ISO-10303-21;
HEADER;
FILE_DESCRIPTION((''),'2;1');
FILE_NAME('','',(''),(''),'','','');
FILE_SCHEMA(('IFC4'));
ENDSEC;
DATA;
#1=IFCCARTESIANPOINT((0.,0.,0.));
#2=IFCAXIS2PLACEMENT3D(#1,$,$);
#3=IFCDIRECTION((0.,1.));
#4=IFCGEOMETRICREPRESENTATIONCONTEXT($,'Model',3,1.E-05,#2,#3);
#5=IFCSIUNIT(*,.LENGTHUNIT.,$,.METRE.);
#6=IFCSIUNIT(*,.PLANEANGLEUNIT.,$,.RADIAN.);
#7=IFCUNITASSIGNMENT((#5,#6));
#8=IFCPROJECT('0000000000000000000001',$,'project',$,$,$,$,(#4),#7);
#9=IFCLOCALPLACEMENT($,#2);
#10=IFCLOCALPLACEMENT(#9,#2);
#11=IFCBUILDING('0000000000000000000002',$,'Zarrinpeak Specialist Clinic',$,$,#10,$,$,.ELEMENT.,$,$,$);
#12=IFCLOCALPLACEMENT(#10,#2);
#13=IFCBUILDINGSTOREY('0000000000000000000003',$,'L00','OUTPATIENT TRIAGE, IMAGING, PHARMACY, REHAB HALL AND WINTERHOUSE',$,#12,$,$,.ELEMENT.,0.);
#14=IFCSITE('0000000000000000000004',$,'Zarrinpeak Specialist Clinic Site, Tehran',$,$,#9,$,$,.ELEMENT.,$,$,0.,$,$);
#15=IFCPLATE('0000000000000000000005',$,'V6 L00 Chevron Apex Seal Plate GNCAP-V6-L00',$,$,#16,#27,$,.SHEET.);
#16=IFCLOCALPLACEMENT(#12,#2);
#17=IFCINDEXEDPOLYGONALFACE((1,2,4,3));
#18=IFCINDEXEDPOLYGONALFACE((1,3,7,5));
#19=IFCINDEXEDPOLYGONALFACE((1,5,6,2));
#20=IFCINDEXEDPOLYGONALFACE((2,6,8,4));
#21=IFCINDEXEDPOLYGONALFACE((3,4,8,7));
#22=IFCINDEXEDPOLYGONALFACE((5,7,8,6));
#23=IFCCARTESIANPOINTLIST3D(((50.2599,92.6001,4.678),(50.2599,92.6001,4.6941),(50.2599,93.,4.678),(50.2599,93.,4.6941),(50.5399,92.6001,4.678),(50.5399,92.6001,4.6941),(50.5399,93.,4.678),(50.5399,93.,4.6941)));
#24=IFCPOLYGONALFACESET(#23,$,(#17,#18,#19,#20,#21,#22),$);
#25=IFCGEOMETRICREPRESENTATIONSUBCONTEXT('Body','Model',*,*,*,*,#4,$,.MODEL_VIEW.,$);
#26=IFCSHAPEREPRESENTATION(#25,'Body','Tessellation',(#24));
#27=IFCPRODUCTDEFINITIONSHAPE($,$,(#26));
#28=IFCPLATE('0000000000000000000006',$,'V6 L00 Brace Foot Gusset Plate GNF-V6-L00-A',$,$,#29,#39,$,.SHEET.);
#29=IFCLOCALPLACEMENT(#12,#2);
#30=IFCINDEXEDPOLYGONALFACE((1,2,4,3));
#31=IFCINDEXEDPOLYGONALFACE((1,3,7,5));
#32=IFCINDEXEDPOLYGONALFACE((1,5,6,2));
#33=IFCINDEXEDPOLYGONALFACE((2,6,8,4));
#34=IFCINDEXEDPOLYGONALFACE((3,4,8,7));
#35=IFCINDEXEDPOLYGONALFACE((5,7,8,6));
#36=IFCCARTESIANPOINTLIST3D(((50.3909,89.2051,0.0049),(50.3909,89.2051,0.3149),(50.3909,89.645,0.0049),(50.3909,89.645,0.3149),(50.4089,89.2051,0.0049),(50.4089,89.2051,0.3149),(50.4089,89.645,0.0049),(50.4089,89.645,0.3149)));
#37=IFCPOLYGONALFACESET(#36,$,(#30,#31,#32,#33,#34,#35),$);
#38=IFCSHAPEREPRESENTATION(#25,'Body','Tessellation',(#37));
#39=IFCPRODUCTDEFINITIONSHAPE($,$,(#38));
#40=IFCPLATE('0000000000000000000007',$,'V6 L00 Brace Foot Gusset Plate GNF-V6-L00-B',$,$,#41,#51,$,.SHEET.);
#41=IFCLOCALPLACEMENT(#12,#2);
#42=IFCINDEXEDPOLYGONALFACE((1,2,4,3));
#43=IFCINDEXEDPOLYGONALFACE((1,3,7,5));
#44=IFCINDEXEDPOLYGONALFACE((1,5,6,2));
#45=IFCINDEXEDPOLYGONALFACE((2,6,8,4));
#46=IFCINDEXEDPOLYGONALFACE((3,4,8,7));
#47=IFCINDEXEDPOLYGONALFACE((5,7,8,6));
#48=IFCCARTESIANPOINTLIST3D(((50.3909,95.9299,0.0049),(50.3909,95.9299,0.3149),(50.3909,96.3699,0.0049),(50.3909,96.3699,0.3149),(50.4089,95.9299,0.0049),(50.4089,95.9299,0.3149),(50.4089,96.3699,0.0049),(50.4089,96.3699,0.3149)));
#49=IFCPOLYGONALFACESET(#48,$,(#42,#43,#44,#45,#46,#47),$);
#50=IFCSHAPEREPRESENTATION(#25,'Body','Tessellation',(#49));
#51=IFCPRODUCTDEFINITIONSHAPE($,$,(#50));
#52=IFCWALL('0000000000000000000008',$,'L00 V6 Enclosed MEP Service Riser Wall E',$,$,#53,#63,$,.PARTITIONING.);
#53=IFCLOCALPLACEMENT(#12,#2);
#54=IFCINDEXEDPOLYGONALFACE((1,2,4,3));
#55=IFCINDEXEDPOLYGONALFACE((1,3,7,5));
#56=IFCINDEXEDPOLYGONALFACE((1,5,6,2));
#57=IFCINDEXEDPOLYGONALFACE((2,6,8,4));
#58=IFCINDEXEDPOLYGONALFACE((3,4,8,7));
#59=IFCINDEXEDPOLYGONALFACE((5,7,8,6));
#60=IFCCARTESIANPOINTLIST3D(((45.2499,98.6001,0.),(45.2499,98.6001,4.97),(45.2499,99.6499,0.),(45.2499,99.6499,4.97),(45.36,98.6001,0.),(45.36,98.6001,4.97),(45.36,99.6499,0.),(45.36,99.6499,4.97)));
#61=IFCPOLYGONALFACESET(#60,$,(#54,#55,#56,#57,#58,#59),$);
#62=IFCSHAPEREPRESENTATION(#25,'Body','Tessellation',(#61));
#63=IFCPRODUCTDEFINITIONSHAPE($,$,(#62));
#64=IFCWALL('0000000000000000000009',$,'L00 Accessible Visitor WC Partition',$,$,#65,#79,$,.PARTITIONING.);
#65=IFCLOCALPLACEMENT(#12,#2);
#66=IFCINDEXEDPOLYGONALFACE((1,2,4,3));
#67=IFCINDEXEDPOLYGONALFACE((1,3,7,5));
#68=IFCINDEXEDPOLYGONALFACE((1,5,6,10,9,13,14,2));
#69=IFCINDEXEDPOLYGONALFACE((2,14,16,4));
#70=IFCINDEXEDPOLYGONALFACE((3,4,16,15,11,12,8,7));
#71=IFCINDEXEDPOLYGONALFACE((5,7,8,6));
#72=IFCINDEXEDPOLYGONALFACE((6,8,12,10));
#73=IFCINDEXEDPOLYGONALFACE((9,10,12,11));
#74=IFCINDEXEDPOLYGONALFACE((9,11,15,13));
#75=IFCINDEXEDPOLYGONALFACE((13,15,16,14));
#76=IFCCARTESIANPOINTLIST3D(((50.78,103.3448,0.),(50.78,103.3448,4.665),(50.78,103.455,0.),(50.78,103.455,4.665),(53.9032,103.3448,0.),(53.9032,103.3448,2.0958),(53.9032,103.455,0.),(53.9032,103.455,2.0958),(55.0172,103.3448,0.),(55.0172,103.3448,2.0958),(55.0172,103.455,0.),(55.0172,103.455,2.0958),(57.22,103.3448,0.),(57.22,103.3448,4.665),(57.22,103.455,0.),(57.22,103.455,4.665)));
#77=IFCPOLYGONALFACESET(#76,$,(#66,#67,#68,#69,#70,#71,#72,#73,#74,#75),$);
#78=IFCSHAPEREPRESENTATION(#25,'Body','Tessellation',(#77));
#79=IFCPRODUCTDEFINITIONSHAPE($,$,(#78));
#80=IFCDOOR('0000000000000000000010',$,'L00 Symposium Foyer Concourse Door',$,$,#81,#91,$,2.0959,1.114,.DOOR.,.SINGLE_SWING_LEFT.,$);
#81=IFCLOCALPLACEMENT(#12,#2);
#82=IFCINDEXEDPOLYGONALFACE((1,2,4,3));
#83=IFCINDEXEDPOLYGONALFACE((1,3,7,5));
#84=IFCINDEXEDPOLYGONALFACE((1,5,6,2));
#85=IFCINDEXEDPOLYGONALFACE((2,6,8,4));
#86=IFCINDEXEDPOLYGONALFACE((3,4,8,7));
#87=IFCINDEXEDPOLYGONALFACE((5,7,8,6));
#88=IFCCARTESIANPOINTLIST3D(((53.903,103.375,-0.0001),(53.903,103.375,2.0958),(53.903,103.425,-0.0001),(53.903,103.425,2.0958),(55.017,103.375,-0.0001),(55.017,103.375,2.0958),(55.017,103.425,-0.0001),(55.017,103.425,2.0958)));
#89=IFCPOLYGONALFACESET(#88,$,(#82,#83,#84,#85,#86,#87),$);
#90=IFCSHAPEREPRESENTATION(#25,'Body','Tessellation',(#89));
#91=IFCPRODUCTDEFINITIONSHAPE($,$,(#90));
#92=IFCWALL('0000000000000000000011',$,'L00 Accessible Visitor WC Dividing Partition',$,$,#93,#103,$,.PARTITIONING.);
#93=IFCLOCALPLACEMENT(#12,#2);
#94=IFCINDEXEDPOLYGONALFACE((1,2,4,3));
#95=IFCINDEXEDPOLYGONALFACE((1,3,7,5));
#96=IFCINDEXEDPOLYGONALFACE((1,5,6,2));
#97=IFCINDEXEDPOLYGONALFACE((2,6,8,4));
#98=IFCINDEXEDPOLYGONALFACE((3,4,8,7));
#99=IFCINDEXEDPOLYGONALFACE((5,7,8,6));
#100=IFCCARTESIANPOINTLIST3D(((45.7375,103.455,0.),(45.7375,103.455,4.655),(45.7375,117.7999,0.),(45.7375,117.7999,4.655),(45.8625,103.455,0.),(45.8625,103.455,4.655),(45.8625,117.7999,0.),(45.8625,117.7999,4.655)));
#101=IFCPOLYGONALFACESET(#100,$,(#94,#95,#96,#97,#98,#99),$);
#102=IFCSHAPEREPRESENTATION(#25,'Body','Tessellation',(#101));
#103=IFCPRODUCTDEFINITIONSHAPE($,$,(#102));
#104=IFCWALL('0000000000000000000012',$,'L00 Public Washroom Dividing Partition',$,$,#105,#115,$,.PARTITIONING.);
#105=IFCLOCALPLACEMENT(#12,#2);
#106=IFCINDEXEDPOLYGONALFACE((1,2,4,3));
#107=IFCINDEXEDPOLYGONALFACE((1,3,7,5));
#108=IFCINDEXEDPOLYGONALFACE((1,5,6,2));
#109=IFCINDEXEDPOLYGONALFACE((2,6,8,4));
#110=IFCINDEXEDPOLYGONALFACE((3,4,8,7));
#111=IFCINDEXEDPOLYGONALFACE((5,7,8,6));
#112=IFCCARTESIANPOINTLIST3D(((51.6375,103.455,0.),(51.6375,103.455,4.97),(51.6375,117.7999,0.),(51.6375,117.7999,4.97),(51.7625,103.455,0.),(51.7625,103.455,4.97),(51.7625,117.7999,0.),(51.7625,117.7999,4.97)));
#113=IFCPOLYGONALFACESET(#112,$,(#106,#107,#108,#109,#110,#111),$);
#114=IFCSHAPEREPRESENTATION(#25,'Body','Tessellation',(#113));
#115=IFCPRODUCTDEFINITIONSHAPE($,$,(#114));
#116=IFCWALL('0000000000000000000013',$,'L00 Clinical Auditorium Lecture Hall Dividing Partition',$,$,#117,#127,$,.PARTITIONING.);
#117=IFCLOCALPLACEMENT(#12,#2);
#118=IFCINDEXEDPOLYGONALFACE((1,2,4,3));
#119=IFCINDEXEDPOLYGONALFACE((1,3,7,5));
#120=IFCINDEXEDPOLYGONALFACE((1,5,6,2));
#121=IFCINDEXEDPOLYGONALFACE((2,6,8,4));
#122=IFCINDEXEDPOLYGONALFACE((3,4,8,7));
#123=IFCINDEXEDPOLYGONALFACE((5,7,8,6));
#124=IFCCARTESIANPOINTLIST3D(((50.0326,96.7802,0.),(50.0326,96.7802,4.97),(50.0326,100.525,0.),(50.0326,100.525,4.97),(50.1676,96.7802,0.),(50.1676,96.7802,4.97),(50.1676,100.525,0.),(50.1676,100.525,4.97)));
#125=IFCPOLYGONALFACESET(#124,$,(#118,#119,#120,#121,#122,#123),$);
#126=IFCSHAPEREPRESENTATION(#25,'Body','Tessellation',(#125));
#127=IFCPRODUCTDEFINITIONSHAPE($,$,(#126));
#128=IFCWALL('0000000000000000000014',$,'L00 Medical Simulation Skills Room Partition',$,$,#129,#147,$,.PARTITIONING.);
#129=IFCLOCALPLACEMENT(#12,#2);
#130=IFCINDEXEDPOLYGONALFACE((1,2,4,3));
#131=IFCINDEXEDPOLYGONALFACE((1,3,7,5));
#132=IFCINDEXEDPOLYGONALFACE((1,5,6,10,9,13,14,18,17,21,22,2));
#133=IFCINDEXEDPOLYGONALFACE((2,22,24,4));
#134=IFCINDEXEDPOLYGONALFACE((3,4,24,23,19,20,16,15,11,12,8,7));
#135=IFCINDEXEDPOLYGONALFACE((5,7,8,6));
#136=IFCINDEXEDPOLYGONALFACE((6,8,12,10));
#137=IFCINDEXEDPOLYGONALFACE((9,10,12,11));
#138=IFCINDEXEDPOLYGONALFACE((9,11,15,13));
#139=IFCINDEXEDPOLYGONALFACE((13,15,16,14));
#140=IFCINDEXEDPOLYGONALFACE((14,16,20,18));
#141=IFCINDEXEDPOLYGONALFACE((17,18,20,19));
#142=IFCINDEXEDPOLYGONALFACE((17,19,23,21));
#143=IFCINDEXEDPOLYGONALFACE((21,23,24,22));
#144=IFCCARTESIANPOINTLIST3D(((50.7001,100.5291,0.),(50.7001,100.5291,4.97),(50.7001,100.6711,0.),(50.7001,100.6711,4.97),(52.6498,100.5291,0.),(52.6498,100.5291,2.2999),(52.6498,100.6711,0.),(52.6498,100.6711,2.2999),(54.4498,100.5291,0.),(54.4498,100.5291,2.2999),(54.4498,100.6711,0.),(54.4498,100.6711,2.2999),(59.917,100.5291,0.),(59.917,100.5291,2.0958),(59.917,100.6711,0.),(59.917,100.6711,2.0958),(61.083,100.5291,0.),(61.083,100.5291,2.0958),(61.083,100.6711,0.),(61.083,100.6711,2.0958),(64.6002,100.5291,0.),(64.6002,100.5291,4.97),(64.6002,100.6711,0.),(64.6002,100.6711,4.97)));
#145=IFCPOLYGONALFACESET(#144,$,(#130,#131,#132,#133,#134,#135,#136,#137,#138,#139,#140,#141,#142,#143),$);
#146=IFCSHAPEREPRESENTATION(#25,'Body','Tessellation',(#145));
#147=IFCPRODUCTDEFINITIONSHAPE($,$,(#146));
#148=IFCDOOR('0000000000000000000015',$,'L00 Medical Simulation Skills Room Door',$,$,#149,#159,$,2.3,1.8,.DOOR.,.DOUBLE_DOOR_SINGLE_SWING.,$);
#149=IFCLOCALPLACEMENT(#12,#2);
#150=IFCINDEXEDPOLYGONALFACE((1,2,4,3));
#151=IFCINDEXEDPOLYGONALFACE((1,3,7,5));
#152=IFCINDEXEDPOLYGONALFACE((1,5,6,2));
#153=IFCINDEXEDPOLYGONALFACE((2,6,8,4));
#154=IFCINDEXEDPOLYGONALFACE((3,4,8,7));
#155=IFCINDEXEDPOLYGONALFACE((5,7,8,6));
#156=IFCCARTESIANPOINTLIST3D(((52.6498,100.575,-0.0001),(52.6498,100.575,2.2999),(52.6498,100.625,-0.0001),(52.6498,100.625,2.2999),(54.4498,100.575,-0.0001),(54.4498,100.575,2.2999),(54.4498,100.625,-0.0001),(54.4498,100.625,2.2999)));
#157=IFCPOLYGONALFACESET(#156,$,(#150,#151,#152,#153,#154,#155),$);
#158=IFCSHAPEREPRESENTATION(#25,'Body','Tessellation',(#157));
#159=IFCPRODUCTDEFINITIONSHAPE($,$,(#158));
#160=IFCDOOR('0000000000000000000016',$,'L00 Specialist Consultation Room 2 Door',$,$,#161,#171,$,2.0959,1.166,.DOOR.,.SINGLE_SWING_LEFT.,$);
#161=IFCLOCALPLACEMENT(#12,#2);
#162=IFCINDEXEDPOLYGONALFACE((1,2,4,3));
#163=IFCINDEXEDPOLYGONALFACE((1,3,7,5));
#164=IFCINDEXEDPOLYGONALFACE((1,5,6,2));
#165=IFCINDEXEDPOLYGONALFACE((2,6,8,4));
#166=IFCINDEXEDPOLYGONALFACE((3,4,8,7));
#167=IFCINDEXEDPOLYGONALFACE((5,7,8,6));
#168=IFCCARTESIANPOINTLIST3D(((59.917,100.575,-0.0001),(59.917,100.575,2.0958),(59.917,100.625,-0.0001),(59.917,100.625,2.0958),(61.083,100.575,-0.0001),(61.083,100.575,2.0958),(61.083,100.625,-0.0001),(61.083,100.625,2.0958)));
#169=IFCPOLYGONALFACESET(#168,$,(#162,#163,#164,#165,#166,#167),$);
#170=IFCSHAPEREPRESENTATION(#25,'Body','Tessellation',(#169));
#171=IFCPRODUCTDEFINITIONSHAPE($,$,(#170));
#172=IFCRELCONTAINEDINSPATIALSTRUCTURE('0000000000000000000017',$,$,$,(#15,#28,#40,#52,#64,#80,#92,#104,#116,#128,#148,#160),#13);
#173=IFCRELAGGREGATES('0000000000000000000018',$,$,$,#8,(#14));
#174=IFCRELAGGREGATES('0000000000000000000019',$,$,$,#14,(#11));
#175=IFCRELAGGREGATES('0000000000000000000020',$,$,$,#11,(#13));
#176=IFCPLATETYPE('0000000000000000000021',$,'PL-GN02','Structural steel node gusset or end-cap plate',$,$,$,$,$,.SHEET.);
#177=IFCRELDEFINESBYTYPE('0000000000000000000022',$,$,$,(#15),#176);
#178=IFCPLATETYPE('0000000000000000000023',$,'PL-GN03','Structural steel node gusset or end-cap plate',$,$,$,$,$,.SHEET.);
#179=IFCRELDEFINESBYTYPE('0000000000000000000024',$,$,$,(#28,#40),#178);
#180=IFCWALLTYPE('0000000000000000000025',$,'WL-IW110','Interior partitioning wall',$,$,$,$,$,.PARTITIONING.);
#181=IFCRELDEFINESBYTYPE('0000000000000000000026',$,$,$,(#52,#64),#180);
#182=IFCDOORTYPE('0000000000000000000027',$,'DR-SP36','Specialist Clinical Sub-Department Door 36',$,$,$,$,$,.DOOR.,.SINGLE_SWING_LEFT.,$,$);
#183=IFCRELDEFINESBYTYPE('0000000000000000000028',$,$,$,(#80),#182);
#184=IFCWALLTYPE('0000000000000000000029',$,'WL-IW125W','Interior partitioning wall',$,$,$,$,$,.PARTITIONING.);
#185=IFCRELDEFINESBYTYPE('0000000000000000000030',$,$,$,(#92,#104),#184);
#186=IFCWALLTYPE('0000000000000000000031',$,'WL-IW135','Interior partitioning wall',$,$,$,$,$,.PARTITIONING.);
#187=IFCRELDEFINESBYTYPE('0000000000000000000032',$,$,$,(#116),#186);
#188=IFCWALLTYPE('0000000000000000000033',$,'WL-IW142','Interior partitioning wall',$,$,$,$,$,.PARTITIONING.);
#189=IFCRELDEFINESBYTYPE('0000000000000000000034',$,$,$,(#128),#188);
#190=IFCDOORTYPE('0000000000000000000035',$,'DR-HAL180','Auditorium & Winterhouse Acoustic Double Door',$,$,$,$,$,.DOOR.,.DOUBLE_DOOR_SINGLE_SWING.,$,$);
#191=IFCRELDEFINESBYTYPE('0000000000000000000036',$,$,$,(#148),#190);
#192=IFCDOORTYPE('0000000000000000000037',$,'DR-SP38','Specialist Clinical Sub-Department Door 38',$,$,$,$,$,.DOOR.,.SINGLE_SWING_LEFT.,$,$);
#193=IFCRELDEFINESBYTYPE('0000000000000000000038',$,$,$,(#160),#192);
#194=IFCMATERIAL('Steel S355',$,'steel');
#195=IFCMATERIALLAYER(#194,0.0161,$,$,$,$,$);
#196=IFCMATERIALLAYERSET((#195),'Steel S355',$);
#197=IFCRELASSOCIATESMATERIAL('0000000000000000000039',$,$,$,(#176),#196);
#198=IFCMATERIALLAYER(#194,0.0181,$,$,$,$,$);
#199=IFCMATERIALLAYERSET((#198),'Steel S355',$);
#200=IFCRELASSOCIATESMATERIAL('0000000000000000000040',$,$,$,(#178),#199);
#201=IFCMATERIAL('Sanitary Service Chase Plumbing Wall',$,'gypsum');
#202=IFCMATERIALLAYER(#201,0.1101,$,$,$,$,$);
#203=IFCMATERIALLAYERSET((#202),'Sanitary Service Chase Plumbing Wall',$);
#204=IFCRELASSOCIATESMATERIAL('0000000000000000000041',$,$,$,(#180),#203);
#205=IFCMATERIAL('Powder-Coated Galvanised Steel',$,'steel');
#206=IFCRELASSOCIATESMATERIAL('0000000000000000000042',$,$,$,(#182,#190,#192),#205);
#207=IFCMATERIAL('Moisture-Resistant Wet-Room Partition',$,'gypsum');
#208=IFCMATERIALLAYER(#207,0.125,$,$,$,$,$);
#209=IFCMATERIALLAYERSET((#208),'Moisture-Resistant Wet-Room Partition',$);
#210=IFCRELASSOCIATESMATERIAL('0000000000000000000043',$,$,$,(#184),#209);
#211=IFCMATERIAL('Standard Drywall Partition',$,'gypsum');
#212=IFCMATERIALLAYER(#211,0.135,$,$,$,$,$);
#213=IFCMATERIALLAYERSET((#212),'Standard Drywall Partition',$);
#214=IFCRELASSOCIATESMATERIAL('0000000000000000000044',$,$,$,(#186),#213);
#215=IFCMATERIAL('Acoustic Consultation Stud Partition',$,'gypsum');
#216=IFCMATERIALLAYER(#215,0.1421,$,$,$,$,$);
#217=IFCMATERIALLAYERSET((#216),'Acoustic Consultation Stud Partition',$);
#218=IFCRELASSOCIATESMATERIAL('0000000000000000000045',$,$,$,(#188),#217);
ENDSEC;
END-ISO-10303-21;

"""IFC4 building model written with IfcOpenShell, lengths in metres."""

from ifc_helpers import new_model, si_unit, direction, frame, frame_2d, origin, origin_2d, place, context, subcontext, project, spatial, rectangle, extrude, material, layer, layer_set, type_object, element, fill, save


model = new_model("IFC4")

# Units and contexts
model_context = context("Model", 3, precision=1e-05, world=origin(), true_north=direction((0.0, 1.0)))
body_context = subcontext(model_context, "Body", "Model", "MODEL_VIEW")
ifc_project = project(units=[si_unit("LENGTHUNIT", "METRE"), si_unit("PLANEANGLEUNIT", "RADIAN")], contexts=[model_context])

# Site, building, storey
site_placement = place(None, origin())
site = spatial("IfcSite", under=ifc_project, at=site_placement, Name="Zarrinpeak Specialist Clinic Site, Tehran", CompositionType="ELEMENT", RefElevation=0.0)
building_placement = place(site_placement, origin())
building = spatial("IfcBuilding", under=site, at=building_placement, Name="Zarrinpeak Specialist Clinic", CompositionType="ELEMENT")
storey_placement = place(building_placement, origin())
storey = spatial("IfcBuildingStorey", under=building, at=storey_placement, Name="L00", Description="OUTPATIENT TRIAGE, IMAGING, PHARMACY, REHAB HALL AND WINTERHOUSE", CompositionType="ELEMENT", Elevation=0.0)

# Shared definitions
ifc_material_1 = material(Name="Steel S355", Category="steel")

# Plates
ifc_layer_1 = layer(ifc_material_1, 0.0161)
ifc_layer_set_1 = layer_set([ifc_layer_1], Name="Steel S355")
plate_type_1 = type_object("IfcPlateType", Name="PL-GN02", Description="Structural steel node gusset or end-cap plate", PredefinedType="SHEET", material=ifc_layer_set_1)
plate_1_placement = place(storey_placement, frame((50.3999, 92.8, 4.678), z_axis=(0.0, 0.0, 1.0), x_axis=(1.0, 0.0, 0.0)))
element("IfcPlate", 1, at=plate_1_placement, inside=storey, type_object=plate_type_1, Name="V6 L00 Chevron Apex Seal Plate GNCAP-V6-L00", PredefinedType="SHEET", context=body_context, shape_type="SweptSolid", body=[
    extrude(rectangle(XDim=0.28, YDim=0.3999, at=origin_2d()), origin(), (0.0, 0.0, 1.0), 0.0161),
])
ifc_layer_2 = layer(ifc_material_1, 0.0181)
ifc_layer_set_2 = layer_set([ifc_layer_2], Name="Steel S355")
plate_type_2 = type_object("IfcPlateType", Name="PL-GN03", Description="Structural steel node gusset or end-cap plate", PredefinedType="SHEET", material=ifc_layer_set_2)
for number, where, z_axis, x_axis, name in (
    (2, (50.3999, 89.425, 0.0049), (0.0, 0.0, 1.0), (1.0, 0.0, 0.0), "V6 L00 Brace Foot Gusset Plate GNF-V6-L00-A"),
    (3, (50.3999, 96.1499, 0.0049), (0.0, 0.0, 1.0), (1.0, 0.0, 0.0), "V6 L00 Brace Foot Gusset Plate GNF-V6-L00-B"),
):
    element("IfcPlate", number, at=place(storey_placement, frame(where, z_axis=z_axis, x_axis=x_axis)), inside=storey, type_object=plate_type_2, Name=name, PredefinedType="SHEET", context=body_context, shape_type="SweptSolid", body=[
        extrude(rectangle(XDim=0.0181, YDim=0.4399, at=origin_2d()), origin(), (0.0, 0.0, 1.0), 0.3101),
    ])

# Wall
ifc_material_2 = material(Name="Sanitary Service Chase Plumbing Wall", Category="gypsum")
ifc_layer_3 = layer(ifc_material_2, 0.1101)
ifc_layer_set_3 = layer_set([ifc_layer_3], Name="Sanitary Service Chase Plumbing Wall")
wall_type_1 = type_object("IfcWallType", Name="WL-IW110", Description="Interior partitioning wall", PredefinedType="PARTITIONING", material=ifc_layer_set_3)
wall_1_placement = place(storey_placement, frame((45.3049, 98.6001, 0.0), z_axis=(0.0, 0.0, 1.0), x_axis=(0.0, 1.0, 0.0)))
element("IfcWall", 4, at=wall_1_placement, inside=storey, type_object=wall_type_1, Name="L00 V6 Enclosed MEP Service Riser Wall E", PredefinedType="PARTITIONING", context=body_context, shape_type="SweptSolid", body=[
    extrude(rectangle(XDim=1.0498, YDim=0.1101, at=frame_2d((0.5249, 0.0))), origin(), (0.0, 0.0, 1.0), 4.97),
])

# Wall, opening, door
wall_2_placement = place(storey_placement, frame((50.78, 103.3999, 0.0), z_axis=(0.0, 0.0, 1.0), x_axis=(1.0, 0.0, 0.0)))
wall_2 = element("IfcWall", 5, at=wall_2_placement, inside=storey, type_object=wall_type_1, Name="L00 Accessible Visitor WC Partition", PredefinedType="PARTITIONING", context=body_context, shape_type="SweptSolid", body=[
    extrude(rectangle(XDim=6.4399, YDim=0.1101, at=frame_2d((3.22, 0.0))), origin(), (0.0, 0.0, 1.0), 4.665),
])
opening_1_placement = place(wall_2_placement, frame((3.123, 0.0, 0.0)))
opening_1 = element("IfcOpeningElement", 6, at=opening_1_placement, cuts=wall_2, PredefinedType="OPENING", context=body_context, shape_type="SweptSolid", body=[
    extrude(rectangle(XDim=1.114, YDim=2.0959, at=frame_2d((0.5571, 1.0479))), frame((0.0, 0.0649, 0.0), z_axis=(0.0, -1.0, 0.0), x_axis=(1.0, 0.0, 0.0)), (0.0, 0.0, 1.0), 0.1301),
])
ifc_material_3 = material(Name="Powder-Coated Galvanised Steel", Category="steel")
door_type_1 = type_object("IfcDoorType", Name="DR-SP36", Description="Specialist Clinical Sub-Department Door 36", OperationType="SINGLE_SWING_LEFT", PredefinedType="DOOR", material=ifc_material_3)
door_1_placement = place(opening_1_placement, frame((1.114, 0.0, 0.0), z_axis=(0.0, 0.0, 1.0), x_axis=(-1.0, 0.0, 0.0)))
door_1 = element("IfcDoor", 7, at=door_1_placement, inside=storey, type_object=door_type_1, Name="L00 Symposium Foyer Concourse Door", OperationType="SINGLE_SWING_LEFT", OverallHeight=2.0959, OverallWidth=1.114, PredefinedType="DOOR", context=body_context, shape_type="SweptSolid", body=[
    extrude(rectangle(XDim=1.114, YDim=2.0959, at=frame_2d((0.5571, 1.0479))), frame((0.0, 0.0249, 0.0), z_axis=(0.0, -1.0, 0.0), x_axis=(1.0, 0.0, 0.0)), (0.0, 0.0, 1.0), 0.05),
])
fill(opening_1, door_1)

# Walls
ifc_material_4 = material(Name="Moisture-Resistant Wet-Room Partition", Category="gypsum")
ifc_layer_4 = layer(ifc_material_4, 0.125)
ifc_layer_set_4 = layer_set([ifc_layer_4], Name="Moisture-Resistant Wet-Room Partition")
wall_type_2 = type_object("IfcWallType", Name="WL-IW125W", Description="Interior partitioning wall", PredefinedType="PARTITIONING", material=ifc_layer_set_4)
wall_3_placement = place(storey_placement, frame((45.8, 103.4551, 0.0), z_axis=(0.0, 0.0, 1.0), x_axis=(0.0, 1.0, 0.0)))
element("IfcWall", 8, at=wall_3_placement, inside=storey, type_object=wall_type_2, Name="L00 Accessible Visitor WC Dividing Partition", PredefinedType="PARTITIONING", context=body_context, shape_type="SweptSolid", body=[
    extrude(rectangle(XDim=14.345, YDim=0.125, at=frame_2d((7.1724, 0.0))), origin(), (0.0, 0.0, 1.0), 4.655),
])
wall_4_placement = place(storey_placement, frame((51.7, 103.4551, 0.0), z_axis=(0.0, 0.0, 1.0), x_axis=(0.0, 1.0, 0.0)))
element("IfcWall", 9, at=wall_4_placement, inside=storey, type_object=wall_type_2, Name="L00 Public Washroom Dividing Partition", PredefinedType="PARTITIONING", context=body_context, shape_type="SweptSolid", body=[
    extrude(rectangle(XDim=14.345, YDim=0.125, at=frame_2d((7.1724, 0.0))), origin(), (0.0, 0.0, 1.0), 4.97),
])
ifc_material_5 = material(Name="Standard Drywall Partition", Category="gypsum")
ifc_layer_5 = layer(ifc_material_5, 0.135)
ifc_layer_set_5 = layer_set([ifc_layer_5], Name="Standard Drywall Partition")
wall_type_3 = type_object("IfcWallType", Name="WL-IW135", Description="Interior partitioning wall", PredefinedType="PARTITIONING", material=ifc_layer_set_5)
wall_5_placement = place(storey_placement, frame((50.1001, 96.78, 0.0), z_axis=(0.0, 0.0, 1.0), x_axis=(0.0, 1.0, 0.0)))
element("IfcWall", 10, at=wall_5_placement, inside=storey, type_object=wall_type_3, Name="L00 Clinical Auditorium Lecture Hall Dividing Partition", PredefinedType="PARTITIONING", context=body_context, shape_type="SweptSolid", body=[
    extrude(rectangle(XDim=3.7449, YDim=0.135, at=frame_2d((1.8726, 0.0))), origin(), (0.0, 0.0, 1.0), 4.97),
])

# Wall, openings, doors
ifc_material_6 = material(Name="Acoustic Consultation Stud Partition", Category="gypsum")
ifc_layer_6 = layer(ifc_material_6, 0.1421)
ifc_layer_set_6 = layer_set([ifc_layer_6], Name="Acoustic Consultation Stud Partition")
wall_type_4 = type_object("IfcWallType", Name="WL-IW142", Description="Interior partitioning wall", PredefinedType="PARTITIONING", material=ifc_layer_set_6)
wall_6_placement = place(storey_placement, frame((50.7, 100.6001, 0.0), z_axis=(0.0, 0.0, 1.0), x_axis=(1.0, 0.0, 0.0)))
wall_6 = element("IfcWall", 11, at=wall_6_placement, inside=storey, type_object=wall_type_4, Name="L00 Medical Simulation Skills Room Partition", PredefinedType="PARTITIONING", context=body_context, shape_type="SweptSolid", body=[
    extrude(rectangle(XDim=13.9001, YDim=0.1421, at=frame_2d((6.9502, 0.0))), origin(), (0.0, 0.0, 1.0), 4.97),
])
opening_2_placement = place(wall_6_placement, frame((1.95, 0.0, 0.0)))
opening_2 = element("IfcOpeningElement", 12, at=opening_2_placement, cuts=wall_6, PredefinedType="OPENING", context=body_context, shape_type="SweptSolid", body=[
    extrude(rectangle(XDim=1.8, YDim=2.3, at=frame_2d((0.8999, 1.1499))), frame((0.0, 0.0811, 0.0), z_axis=(0.0, -1.0, 0.0), x_axis=(1.0, 0.0, 0.0)), (0.0, 0.0, 1.0), 0.1621),
])
opening_3_placement = place(wall_6_placement, frame((9.217, 0.0, 0.0)))
opening_3 = element("IfcOpeningElement", 13, at=opening_3_placement, cuts=wall_6, PredefinedType="OPENING", context=body_context, shape_type="SweptSolid", body=[
    extrude(rectangle(XDim=1.166, YDim=2.0959, at=frame_2d((0.583, 1.0479))), frame((0.0, 0.0811, 0.0), z_axis=(0.0, -1.0, 0.0), x_axis=(1.0, 0.0, 0.0)), (0.0, 0.0, 1.0), 0.1621),
])
door_type_2 = type_object("IfcDoorType", Name="DR-HAL180", Description="Auditorium & Winterhouse Acoustic Double Door", OperationType="DOUBLE_DOOR_SINGLE_SWING", PredefinedType="DOOR", material=ifc_material_3)
door_2_placement = place(opening_2_placement, origin())
door_2 = element("IfcDoor", 14, at=door_2_placement, inside=storey, type_object=door_type_2, Name="L00 Medical Simulation Skills Room Door", OperationType="DOUBLE_DOOR_SINGLE_SWING", OverallHeight=2.3, OverallWidth=1.8, PredefinedType="DOOR", context=body_context, shape_type="SweptSolid", body=[
    extrude(rectangle(XDim=1.8, YDim=2.3, at=frame_2d((0.8999, 1.1499))), frame((0.0, 0.0249, 0.0), z_axis=(0.0, -1.0, 0.0), x_axis=(1.0, 0.0, 0.0)), (0.0, 0.0, 1.0), 0.05),
])
fill(opening_2, door_2)
door_type_3 = type_object("IfcDoorType", Name="DR-SP38", Description="Specialist Clinical Sub-Department Door 38", OperationType="SINGLE_SWING_LEFT", PredefinedType="DOOR", material=ifc_material_3)
door_3_placement = place(opening_3_placement, origin())
door_3 = element("IfcDoor", 15, at=door_3_placement, inside=storey, type_object=door_type_3, Name="L00 Specialist Consultation Room 2 Door", OperationType="SINGLE_SWING_LEFT", OverallHeight=2.0959, OverallWidth=1.166, PredefinedType="DOOR", context=body_context, shape_type="SweptSolid", body=[
    extrude(rectangle(XDim=1.166, YDim=2.0959, at=frame_2d((0.583, 1.0479))), frame((0.0, 0.0249, 0.0), z_axis=(0.0, -1.0, 0.0), x_axis=(1.0, 0.0, 0.0)), (0.0, 0.0, 1.0), 0.05),
])
fill(opening_3, door_3)

save(model, "model.ifc")
